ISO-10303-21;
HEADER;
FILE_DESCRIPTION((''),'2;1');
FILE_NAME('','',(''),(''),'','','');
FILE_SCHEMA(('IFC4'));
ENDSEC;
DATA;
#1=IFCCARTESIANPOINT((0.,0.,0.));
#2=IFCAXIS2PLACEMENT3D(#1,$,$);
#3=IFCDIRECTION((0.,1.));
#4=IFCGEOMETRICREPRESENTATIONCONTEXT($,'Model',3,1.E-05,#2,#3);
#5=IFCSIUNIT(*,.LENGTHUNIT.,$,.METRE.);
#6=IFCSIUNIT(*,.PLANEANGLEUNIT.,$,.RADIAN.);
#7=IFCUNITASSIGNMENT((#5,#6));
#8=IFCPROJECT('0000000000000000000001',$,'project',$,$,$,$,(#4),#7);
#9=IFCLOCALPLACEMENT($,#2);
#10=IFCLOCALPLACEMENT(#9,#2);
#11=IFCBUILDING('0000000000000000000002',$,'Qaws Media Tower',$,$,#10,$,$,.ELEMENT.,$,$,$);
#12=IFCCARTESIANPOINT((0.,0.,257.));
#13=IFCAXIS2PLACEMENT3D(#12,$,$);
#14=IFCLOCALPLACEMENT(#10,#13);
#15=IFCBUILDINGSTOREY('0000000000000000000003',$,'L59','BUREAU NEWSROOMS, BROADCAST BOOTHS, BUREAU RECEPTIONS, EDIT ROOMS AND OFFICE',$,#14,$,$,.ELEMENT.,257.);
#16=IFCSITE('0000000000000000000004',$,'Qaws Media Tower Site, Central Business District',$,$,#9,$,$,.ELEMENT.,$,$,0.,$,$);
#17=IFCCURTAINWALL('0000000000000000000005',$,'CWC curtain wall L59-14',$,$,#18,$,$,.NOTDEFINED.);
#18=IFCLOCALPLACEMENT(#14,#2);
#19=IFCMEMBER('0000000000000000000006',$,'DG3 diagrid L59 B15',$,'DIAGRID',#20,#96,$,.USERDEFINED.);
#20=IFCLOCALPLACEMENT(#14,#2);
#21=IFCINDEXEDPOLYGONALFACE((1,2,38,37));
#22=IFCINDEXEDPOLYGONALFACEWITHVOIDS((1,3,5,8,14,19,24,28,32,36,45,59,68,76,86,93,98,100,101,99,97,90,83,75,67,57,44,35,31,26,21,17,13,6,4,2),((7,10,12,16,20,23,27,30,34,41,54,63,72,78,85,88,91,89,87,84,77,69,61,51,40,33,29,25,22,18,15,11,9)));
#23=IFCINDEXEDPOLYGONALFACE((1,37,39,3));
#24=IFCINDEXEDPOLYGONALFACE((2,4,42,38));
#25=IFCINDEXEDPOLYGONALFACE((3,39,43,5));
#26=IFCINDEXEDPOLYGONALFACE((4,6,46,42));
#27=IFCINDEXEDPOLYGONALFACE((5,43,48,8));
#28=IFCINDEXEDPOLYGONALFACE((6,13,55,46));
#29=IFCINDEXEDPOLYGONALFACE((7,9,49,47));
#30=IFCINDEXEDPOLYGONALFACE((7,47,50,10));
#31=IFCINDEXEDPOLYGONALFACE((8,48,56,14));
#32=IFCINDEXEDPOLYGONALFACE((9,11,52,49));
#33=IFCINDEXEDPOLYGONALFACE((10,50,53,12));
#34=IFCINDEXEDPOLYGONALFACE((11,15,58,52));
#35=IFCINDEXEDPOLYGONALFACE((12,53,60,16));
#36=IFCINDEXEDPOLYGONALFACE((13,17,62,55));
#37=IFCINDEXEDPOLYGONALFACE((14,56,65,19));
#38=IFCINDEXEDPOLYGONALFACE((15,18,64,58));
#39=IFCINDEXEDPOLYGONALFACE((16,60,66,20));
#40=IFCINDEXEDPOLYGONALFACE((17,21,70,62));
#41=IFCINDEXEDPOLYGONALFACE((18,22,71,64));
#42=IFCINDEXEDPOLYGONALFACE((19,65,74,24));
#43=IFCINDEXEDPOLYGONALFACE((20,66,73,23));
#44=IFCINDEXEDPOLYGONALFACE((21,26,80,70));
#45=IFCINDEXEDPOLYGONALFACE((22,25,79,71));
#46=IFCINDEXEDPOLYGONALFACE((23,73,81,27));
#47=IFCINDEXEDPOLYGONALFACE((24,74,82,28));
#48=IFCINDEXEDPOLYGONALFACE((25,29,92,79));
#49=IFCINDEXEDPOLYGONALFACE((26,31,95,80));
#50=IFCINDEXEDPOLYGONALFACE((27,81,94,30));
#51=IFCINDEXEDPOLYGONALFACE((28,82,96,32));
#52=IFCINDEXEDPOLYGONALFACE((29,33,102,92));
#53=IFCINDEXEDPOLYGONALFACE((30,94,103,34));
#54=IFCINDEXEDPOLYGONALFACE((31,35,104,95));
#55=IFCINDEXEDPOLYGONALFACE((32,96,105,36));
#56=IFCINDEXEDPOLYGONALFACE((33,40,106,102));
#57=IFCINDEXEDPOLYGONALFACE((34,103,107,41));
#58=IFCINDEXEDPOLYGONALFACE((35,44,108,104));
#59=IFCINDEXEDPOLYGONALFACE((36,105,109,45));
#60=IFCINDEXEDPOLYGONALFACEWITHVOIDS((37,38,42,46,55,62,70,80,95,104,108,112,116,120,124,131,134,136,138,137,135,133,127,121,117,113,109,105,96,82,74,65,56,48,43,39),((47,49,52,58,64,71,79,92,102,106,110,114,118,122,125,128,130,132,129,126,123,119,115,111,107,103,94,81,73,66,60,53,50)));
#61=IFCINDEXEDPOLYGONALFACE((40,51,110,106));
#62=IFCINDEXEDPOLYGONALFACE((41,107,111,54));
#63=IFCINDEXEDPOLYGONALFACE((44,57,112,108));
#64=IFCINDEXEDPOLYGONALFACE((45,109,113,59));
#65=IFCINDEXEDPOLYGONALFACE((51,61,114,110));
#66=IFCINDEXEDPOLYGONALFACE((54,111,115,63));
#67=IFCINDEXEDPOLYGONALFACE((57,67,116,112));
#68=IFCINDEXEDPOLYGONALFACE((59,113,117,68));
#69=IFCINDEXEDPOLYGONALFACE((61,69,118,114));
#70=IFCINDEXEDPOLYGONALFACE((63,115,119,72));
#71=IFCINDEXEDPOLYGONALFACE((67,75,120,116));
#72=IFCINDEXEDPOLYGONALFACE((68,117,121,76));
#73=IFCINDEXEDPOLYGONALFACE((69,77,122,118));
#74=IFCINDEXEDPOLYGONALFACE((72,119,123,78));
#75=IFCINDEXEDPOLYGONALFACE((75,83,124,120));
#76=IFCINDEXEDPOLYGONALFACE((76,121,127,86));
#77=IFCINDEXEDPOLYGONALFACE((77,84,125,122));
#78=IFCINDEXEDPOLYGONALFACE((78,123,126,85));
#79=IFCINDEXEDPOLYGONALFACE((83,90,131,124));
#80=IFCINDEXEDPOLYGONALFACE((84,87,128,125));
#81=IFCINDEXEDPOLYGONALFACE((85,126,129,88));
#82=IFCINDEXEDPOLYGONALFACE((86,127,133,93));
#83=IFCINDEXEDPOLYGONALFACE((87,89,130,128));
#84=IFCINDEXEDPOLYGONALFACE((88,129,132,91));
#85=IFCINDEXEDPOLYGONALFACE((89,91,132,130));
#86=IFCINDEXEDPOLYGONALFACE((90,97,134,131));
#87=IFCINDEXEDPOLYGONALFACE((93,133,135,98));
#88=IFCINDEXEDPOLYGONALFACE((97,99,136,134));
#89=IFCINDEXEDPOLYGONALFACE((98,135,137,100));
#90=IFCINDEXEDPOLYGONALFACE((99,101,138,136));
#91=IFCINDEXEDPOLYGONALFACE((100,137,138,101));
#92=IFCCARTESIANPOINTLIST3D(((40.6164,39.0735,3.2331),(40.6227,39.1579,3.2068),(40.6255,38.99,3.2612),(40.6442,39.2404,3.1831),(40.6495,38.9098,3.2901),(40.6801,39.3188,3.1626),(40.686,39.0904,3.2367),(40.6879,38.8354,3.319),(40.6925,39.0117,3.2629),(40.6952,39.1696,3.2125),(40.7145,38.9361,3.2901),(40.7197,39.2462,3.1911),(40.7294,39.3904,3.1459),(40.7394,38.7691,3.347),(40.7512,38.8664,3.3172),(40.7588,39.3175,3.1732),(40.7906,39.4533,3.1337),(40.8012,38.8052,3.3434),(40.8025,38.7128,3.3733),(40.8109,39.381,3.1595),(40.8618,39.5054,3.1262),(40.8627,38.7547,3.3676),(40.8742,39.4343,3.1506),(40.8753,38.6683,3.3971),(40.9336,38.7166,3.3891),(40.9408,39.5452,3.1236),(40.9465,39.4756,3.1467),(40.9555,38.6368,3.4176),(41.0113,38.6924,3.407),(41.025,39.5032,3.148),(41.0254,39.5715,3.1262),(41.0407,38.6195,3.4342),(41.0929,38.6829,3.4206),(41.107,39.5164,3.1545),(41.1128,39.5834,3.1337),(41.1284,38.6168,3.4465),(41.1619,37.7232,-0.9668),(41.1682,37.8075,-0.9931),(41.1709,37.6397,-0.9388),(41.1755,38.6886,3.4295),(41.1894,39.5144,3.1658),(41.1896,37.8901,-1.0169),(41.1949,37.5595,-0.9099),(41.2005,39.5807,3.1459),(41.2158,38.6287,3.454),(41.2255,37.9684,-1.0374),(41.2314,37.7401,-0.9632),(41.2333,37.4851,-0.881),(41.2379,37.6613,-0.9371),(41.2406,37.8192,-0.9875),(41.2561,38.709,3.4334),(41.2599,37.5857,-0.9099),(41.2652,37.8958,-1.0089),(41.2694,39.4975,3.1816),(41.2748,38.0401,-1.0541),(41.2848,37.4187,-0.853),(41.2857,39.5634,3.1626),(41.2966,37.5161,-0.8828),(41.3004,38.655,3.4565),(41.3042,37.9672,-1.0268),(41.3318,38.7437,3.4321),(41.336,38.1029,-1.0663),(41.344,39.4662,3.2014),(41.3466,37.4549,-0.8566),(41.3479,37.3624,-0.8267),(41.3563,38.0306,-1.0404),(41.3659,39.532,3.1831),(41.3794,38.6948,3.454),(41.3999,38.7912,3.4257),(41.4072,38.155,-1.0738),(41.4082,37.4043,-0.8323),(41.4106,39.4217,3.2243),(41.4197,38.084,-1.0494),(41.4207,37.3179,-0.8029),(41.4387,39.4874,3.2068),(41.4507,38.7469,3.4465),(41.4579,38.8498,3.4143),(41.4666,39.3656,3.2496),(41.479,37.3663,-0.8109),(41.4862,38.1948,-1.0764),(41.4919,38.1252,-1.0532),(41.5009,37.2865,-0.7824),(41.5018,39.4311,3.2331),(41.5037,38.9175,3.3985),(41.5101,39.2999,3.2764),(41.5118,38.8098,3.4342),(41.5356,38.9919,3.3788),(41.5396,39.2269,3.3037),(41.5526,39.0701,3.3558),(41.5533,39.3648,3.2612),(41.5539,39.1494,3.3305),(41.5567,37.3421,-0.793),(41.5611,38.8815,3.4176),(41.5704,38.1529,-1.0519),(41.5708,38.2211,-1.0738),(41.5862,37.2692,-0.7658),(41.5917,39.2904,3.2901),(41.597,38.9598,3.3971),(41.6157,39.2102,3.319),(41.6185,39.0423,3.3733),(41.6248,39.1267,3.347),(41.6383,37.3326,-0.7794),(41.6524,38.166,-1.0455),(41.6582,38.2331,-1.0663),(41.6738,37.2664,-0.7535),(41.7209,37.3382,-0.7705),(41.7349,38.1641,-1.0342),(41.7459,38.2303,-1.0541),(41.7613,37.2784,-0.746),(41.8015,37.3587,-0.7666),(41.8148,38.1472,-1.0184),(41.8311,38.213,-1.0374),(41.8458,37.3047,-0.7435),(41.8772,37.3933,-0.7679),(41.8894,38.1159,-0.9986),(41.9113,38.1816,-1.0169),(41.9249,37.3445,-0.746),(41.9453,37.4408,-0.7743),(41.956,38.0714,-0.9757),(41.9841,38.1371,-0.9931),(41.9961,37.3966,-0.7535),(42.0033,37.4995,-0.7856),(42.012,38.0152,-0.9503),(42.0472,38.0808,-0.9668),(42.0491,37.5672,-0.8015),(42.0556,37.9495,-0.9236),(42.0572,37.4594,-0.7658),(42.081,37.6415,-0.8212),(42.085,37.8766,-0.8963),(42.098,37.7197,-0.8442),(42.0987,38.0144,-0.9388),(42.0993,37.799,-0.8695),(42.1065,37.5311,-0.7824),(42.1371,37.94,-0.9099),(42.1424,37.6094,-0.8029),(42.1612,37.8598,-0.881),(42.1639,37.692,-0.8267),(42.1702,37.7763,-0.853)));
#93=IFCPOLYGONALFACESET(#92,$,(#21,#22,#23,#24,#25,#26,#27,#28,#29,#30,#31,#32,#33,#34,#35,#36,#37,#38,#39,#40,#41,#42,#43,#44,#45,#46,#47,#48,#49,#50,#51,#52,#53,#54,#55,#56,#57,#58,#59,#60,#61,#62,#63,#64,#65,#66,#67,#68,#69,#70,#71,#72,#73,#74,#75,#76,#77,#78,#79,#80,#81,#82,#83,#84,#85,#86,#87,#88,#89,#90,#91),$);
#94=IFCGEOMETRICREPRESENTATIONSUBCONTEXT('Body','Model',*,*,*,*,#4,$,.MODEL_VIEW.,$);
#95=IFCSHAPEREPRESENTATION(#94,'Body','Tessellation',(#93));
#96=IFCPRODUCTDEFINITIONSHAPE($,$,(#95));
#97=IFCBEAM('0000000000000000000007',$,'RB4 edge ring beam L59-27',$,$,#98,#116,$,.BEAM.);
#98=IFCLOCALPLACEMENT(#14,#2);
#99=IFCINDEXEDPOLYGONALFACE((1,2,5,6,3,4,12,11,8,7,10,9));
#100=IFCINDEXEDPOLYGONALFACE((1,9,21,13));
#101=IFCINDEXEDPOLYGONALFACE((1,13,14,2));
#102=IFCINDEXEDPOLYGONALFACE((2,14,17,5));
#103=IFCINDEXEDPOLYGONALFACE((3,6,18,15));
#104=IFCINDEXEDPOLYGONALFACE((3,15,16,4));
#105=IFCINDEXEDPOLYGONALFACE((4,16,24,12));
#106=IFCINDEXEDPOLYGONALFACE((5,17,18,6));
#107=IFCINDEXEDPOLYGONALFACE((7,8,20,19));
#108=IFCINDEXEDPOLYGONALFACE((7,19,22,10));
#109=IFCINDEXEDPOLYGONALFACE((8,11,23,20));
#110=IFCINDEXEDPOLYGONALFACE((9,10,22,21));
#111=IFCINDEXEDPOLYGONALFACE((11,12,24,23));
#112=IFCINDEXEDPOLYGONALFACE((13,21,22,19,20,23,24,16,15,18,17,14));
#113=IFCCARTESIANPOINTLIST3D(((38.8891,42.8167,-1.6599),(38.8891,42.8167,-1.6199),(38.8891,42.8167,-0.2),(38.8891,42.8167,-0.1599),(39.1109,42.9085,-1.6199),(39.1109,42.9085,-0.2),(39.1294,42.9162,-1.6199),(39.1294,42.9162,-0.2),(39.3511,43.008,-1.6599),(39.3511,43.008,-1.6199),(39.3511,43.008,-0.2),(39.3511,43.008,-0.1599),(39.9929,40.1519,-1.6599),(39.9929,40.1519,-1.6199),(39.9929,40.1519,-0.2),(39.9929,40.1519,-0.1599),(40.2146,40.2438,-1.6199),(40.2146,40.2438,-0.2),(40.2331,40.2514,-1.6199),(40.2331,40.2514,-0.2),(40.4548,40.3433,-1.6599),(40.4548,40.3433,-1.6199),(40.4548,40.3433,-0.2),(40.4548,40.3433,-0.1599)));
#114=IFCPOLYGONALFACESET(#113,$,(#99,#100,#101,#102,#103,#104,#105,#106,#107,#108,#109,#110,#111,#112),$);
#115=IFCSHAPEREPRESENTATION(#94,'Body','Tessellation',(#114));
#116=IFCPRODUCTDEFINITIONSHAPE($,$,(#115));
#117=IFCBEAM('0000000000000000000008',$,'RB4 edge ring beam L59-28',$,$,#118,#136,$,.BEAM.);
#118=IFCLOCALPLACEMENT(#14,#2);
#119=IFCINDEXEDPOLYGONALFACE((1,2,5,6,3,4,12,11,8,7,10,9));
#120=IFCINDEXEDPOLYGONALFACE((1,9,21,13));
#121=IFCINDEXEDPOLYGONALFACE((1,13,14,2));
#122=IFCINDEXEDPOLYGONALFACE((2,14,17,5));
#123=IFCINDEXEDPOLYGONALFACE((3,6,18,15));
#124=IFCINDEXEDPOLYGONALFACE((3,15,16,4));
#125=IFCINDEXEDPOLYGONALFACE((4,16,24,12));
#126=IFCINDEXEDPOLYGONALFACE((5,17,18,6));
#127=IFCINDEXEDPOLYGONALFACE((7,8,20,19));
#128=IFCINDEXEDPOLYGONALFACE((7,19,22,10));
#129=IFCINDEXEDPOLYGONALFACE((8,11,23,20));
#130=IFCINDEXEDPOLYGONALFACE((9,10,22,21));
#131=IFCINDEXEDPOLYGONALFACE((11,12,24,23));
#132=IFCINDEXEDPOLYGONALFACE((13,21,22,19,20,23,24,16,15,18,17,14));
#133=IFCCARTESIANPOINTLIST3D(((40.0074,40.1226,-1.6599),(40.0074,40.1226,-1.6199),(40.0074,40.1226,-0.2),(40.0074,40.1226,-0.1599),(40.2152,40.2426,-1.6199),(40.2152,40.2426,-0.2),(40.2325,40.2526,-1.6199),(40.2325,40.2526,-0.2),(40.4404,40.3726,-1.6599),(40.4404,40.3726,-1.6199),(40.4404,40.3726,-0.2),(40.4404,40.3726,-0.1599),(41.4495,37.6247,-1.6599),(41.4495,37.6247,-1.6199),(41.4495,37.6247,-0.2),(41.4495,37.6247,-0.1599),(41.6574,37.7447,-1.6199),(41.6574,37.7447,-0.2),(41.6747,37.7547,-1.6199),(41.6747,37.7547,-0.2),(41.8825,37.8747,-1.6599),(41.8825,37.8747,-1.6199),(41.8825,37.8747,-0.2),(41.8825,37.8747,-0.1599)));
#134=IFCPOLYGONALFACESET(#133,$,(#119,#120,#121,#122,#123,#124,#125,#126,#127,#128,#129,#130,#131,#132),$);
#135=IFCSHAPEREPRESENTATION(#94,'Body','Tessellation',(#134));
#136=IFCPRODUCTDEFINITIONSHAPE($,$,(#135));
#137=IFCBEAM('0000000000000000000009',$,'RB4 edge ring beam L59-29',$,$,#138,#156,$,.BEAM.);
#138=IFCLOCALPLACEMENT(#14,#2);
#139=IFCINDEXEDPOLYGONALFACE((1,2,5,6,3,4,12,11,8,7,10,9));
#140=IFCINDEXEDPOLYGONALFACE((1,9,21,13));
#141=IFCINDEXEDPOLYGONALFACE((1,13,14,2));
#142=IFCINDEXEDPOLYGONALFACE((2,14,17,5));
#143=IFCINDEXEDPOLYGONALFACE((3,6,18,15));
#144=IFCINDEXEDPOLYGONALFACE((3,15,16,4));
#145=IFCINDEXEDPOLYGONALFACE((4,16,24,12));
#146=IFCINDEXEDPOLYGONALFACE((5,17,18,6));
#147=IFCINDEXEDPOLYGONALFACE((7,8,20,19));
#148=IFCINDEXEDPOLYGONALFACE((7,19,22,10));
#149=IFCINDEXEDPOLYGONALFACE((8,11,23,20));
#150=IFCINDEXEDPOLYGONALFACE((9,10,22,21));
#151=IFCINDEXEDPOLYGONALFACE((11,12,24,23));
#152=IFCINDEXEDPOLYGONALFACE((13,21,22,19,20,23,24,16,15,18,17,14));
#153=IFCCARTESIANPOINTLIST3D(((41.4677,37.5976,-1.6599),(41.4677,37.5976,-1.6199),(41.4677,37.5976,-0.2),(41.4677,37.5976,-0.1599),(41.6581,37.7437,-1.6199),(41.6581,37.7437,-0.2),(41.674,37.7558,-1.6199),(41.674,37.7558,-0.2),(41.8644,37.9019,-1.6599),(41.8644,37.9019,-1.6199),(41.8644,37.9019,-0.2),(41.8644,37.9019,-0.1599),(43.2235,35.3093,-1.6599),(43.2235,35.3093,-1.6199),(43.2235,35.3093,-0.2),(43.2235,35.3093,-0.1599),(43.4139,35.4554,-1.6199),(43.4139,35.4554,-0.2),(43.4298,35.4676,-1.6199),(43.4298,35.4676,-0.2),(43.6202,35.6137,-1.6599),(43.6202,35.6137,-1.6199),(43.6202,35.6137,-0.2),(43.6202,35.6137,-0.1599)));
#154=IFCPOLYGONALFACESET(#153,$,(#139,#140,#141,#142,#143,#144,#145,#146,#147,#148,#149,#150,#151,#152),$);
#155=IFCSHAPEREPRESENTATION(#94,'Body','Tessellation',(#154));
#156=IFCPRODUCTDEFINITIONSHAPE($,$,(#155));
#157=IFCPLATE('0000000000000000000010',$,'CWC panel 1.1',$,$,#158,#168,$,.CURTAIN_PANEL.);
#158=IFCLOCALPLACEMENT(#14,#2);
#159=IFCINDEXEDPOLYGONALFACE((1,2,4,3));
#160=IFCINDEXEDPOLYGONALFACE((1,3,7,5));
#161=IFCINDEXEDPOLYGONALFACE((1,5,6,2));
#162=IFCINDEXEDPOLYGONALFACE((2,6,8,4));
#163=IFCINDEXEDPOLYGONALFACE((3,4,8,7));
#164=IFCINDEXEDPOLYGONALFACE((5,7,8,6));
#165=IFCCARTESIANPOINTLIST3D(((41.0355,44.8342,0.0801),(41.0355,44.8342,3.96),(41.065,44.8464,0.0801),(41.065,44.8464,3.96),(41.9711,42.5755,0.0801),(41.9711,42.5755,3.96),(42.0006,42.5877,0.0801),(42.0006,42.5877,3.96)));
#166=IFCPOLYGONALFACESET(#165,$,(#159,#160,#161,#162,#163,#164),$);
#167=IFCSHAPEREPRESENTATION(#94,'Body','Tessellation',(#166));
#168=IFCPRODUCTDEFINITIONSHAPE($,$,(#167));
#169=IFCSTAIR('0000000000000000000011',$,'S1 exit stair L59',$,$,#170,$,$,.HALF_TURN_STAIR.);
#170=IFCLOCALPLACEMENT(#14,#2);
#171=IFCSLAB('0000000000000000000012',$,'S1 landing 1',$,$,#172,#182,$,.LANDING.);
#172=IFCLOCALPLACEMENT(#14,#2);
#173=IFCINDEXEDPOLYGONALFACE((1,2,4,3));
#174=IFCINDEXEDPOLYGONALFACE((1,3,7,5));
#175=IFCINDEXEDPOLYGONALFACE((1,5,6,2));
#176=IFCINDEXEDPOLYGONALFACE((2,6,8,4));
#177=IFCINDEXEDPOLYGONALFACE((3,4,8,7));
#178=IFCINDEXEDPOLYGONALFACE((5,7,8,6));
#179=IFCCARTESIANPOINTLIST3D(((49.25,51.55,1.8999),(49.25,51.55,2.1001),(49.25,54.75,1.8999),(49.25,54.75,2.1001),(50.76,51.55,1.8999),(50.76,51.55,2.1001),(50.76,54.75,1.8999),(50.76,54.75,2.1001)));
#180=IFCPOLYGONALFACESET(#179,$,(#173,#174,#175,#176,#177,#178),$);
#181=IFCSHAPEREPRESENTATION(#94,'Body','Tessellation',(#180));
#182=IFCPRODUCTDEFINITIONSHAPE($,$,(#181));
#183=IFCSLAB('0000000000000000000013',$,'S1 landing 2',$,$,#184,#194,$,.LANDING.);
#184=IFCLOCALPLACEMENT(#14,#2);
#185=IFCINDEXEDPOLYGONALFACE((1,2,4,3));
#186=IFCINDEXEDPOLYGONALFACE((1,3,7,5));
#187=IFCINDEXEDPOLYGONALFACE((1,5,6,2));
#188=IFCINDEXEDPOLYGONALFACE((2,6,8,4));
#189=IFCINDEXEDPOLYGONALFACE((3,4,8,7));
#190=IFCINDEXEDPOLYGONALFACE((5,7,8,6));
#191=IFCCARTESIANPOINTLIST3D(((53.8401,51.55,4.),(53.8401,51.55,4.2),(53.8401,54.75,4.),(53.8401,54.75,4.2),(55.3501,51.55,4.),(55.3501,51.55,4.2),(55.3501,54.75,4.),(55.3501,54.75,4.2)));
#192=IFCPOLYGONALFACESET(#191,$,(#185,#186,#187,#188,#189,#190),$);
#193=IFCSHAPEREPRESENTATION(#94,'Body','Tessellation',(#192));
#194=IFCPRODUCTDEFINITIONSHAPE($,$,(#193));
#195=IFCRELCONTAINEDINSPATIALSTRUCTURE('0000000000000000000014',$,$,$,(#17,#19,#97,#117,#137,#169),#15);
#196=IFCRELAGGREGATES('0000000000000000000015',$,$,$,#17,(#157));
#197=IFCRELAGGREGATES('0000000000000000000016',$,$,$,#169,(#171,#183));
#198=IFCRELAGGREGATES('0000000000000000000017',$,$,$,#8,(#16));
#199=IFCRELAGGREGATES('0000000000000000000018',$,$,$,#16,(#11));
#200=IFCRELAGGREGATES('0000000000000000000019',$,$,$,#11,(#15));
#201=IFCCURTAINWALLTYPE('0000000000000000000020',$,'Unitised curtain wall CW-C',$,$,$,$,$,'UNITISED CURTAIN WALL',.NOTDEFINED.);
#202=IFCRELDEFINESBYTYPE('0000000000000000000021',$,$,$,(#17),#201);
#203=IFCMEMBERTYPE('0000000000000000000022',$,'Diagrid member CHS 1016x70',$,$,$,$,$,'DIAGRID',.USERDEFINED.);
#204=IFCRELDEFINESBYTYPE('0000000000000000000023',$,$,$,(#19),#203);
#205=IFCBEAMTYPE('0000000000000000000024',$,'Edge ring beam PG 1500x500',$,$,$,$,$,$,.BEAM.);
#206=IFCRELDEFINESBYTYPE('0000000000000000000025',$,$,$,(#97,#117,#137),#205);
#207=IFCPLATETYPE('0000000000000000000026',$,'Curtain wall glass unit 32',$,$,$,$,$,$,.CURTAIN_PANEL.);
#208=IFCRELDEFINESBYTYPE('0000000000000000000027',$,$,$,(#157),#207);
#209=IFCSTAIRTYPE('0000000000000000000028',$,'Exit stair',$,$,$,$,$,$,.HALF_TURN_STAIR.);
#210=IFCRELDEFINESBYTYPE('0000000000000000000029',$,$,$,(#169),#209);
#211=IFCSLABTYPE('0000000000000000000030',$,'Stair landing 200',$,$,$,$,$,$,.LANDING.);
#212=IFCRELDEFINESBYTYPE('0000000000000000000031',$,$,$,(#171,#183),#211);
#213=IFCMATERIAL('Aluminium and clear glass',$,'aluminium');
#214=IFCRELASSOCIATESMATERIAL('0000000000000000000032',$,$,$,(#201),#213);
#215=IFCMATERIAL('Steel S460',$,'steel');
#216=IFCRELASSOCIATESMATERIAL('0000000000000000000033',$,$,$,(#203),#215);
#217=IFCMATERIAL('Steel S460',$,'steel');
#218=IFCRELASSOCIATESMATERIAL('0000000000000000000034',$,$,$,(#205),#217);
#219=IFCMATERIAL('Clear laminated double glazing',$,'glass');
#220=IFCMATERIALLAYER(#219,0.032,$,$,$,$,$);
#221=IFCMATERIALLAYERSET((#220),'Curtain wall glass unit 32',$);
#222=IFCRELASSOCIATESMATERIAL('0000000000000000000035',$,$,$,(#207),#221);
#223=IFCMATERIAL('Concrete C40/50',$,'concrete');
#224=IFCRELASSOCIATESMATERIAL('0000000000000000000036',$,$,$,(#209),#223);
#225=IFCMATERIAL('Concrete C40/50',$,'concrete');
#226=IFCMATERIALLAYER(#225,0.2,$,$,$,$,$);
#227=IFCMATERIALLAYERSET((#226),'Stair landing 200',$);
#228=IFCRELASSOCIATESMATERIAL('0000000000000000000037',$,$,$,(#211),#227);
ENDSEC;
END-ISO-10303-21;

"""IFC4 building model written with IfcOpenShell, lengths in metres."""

from ifc_helpers import new_model, si_unit, direction, frame, origin, origin_2d, place, context, subcontext, project, spatial, polyline, rectangle, hollow_circle, i_section, outline, extrude, material, layer, layer_set, material_profile, profile_set, type_object, element, aggregate, save


model = new_model("IFC4")

# Units and contexts
model_context = context("Model", 3, precision=1e-05, world=origin(), true_north=direction((0.0, 1.0)))
body_context = subcontext(model_context, "Body", "Model", "MODEL_VIEW")
ifc_project = project(units=[si_unit("LENGTHUNIT", "METRE"), si_unit("PLANEANGLEUNIT", "RADIAN")], contexts=[model_context])

# Site, building, storey
site_placement = place(None, origin())
site = spatial("IfcSite", under=ifc_project, at=site_placement, Name="Qaws Media Tower Site, Central Business District", CompositionType="ELEMENT", RefElevation=0.0)
building_placement = place(site_placement, origin())
building = spatial("IfcBuilding", under=site, at=building_placement, Name="Qaws Media Tower", CompositionType="ELEMENT")
storey_placement = place(building_placement, frame((0.0, 0.0, 257.0)))
storey = spatial("IfcBuildingStorey", under=building, at=storey_placement, Name="L59", Description="BUREAU NEWSROOMS, BROADCAST BOOTHS, BUREAU RECEPTIONS, EDIT ROOMS AND OFFICE", CompositionType="ELEMENT", Elevation=257.0)

# Curtain wall
ifc_material_1 = material(Name="Aluminium and clear glass", Category="aluminium")
curtain_wall_type = type_object("IfcCurtainWallType", Name="Unitised curtain wall CW-C", ElementType="UNITISED CURTAIN WALL", PredefinedType="NOTDEFINED", material=ifc_material_1)
curtain_wall_placement = place(storey_placement, origin())
curtain_wall = element("IfcCurtainWall", 1, at=curtain_wall_placement, inside=storey, type_object=curtain_wall_type, Name="CWC curtain wall L59-14", PredefinedType="NOTDEFINED")

# Member
ifc_material_2 = material(Name="Steel S460", Category="steel")
ifc_material_profile_1 = material_profile(ifc_material_2, hollow_circle(Radius=0.5081, WallThickness=0.0701, at=origin_2d()), Name="CHS 1016x70")
ifc_profile_set_1 = profile_set([ifc_material_profile_1], Name="Steel S460")
member_type_1 = type_object("IfcMemberType", Name="Diagrid member CHS 1016x70", ElementType="DIAGRID", PredefinedType="USERDEFINED", material=ifc_profile_set_1)
for number, where, z_axis, x_axis, name in (
    (2, (41.666, 37.7498, -0.9099), (-0.122694, 0.30377, 0.944812), (-0.927223, -0.37451, 0.0), "DG3 diagrid L59 B15"),
):
    element("IfcMember", number, at=place(storey_placement, frame(where, z_axis=z_axis, x_axis=x_axis)), inside=storey, type_object=member_type_1, Name=name, ObjectType="DIAGRID", PredefinedType="USERDEFINED", context=body_context, shape_type="SweptSolid", body=[
        extrude(hollow_circle(Radius=0.5081, WallThickness=0.0701, at=origin_2d()), origin(), (0.0, 0.0, 1.0), 4.4453),
    ])

# Beams
ifc_material_3 = material(Name="Steel S460", Category="steel")
ifc_material_profile_2 = material_profile(ifc_material_3, i_section(OverallWidth=0.5, OverallDepth=1.5, WebThickness=0.02, FlangeThickness=0.04, at=origin_2d()), Name="PG 1500x500")
ifc_profile_set_2 = profile_set([ifc_material_profile_2], Name="Steel S460")
beam_type = type_object("IfcBeamType", Name="Edge ring beam PG 1500x500", PredefinedType="BEAM", material=ifc_profile_set_2)
for number, where, z_axis, x_axis, name in (
    (3, (39.1201, 42.9124, -0.9099), (0.382673, -0.923884, 0.0), (0.923884, 0.382673, 0.0), "RB4 edge ring beam L59-27"),
    (4, (40.2239, 40.2476, -0.9099), (0.500008, -0.866021, 0.0), (0.866021, 0.500008, 0.0), "RB4 edge ring beam L59-28"),
    (5, (41.666, 37.7498, -0.9099), (0.608753, -0.79336, 0.0), (0.79336, 0.608753, 0.0), "RB4 edge ring beam L59-29"),
):
    element("IfcBeam", number, at=place(storey_placement, frame(where, z_axis=z_axis, x_axis=x_axis)), inside=storey, type_object=beam_type, Name=name, PredefinedType="BEAM", context=body_context, shape_type="SweptSolid", body=[
        extrude(i_section(OverallWidth=0.5, OverallDepth=1.5, WebThickness=0.02, FlangeThickness=0.04, at=origin_2d()), origin(), (0.0, 0.0, 1.0), 2.8843),
    ])

# Plate
ifc_material_4 = material(Name="Clear laminated double glazing", Category="glass")
ifc_layer_1 = layer(ifc_material_4, 0.032)
ifc_layer_set_1 = layer_set([ifc_layer_1], Name="Curtain wall glass unit 32")
plate_type = type_object("IfcPlateType", Name="Curtain wall glass unit 32", PredefinedType="CURTAIN_PANEL", material=ifc_layer_set_1)
plate_placement = place(storey_placement, frame((41.5181, 43.7109, 0.0801), z_axis=(0.0, 0.0, 1.0), x_axis=(0.382683, -0.92388, 0.0)))
plate = element("IfcPlate", 6, at=plate_placement, type_object=plate_type, Name="CWC panel 1.1", PredefinedType="CURTAIN_PANEL", context=body_context, shape_type="SweptSolid", body=[
    extrude(rectangle(XDim=2.4448, YDim=0.032, at=origin_2d()), origin(), (0.0, 0.0, 1.0), 3.8799),
])
aggregate(curtain_wall, [plate])

# Stair, slabs
ifc_material_5 = material(Name="Concrete C40/50", Category="concrete")
stair_type = type_object("IfcStairType", Name="Exit stair", PredefinedType="HALF_TURN_STAIR", material=ifc_material_5)
stair_1_placement = place(storey_placement, origin())
stair_1 = element("IfcStair", 7, at=stair_1_placement, inside=storey, type_object=stair_type, Name="S1 exit stair L59", PredefinedType="HALF_TURN_STAIR")
ifc_material_6 = material(Name="Concrete C40/50", Category="concrete")
ifc_layer_2 = layer(ifc_material_6, 0.2)
ifc_layer_set_2 = layer_set([ifc_layer_2], Name="Stair landing 200")
slab_type = type_object("IfcSlabType", Name="Stair landing 200", PredefinedType="LANDING", material=ifc_layer_set_2)
slab_1_placement = place(storey_placement, frame((0.0, 0.0, 1.8999)))
slab_1 = element("IfcSlab", 8, at=slab_1_placement, type_object=slab_type, Name="S1 landing 1", PredefinedType="LANDING", context=body_context, shape_type="SweptSolid", body=[
    extrude(outline(polyline([(49.25, 51.55), (50.76, 51.55), (50.76, 54.75), (49.25, 54.75), (49.25, 51.55)])), origin(), (0.0, 0.0, 1.0), 0.2002),
])
slab_2_placement = place(storey_placement, frame((0.0, 0.0, 4.0)))
slab_2 = element("IfcSlab", 9, at=slab_2_placement, type_object=slab_type, Name="S1 landing 2", PredefinedType="LANDING", context=body_context, shape_type="SweptSolid", body=[
    extrude(outline(polyline([(53.8401, 51.55), (55.3501, 51.55), (55.3501, 54.75), (53.8401, 54.75), (53.8401, 51.55)])), origin(), (0.0, 0.0, 1.0), 0.2),
])
aggregate(stair_1, [slab_1, slab_2])

save(model, "model.ifc")
